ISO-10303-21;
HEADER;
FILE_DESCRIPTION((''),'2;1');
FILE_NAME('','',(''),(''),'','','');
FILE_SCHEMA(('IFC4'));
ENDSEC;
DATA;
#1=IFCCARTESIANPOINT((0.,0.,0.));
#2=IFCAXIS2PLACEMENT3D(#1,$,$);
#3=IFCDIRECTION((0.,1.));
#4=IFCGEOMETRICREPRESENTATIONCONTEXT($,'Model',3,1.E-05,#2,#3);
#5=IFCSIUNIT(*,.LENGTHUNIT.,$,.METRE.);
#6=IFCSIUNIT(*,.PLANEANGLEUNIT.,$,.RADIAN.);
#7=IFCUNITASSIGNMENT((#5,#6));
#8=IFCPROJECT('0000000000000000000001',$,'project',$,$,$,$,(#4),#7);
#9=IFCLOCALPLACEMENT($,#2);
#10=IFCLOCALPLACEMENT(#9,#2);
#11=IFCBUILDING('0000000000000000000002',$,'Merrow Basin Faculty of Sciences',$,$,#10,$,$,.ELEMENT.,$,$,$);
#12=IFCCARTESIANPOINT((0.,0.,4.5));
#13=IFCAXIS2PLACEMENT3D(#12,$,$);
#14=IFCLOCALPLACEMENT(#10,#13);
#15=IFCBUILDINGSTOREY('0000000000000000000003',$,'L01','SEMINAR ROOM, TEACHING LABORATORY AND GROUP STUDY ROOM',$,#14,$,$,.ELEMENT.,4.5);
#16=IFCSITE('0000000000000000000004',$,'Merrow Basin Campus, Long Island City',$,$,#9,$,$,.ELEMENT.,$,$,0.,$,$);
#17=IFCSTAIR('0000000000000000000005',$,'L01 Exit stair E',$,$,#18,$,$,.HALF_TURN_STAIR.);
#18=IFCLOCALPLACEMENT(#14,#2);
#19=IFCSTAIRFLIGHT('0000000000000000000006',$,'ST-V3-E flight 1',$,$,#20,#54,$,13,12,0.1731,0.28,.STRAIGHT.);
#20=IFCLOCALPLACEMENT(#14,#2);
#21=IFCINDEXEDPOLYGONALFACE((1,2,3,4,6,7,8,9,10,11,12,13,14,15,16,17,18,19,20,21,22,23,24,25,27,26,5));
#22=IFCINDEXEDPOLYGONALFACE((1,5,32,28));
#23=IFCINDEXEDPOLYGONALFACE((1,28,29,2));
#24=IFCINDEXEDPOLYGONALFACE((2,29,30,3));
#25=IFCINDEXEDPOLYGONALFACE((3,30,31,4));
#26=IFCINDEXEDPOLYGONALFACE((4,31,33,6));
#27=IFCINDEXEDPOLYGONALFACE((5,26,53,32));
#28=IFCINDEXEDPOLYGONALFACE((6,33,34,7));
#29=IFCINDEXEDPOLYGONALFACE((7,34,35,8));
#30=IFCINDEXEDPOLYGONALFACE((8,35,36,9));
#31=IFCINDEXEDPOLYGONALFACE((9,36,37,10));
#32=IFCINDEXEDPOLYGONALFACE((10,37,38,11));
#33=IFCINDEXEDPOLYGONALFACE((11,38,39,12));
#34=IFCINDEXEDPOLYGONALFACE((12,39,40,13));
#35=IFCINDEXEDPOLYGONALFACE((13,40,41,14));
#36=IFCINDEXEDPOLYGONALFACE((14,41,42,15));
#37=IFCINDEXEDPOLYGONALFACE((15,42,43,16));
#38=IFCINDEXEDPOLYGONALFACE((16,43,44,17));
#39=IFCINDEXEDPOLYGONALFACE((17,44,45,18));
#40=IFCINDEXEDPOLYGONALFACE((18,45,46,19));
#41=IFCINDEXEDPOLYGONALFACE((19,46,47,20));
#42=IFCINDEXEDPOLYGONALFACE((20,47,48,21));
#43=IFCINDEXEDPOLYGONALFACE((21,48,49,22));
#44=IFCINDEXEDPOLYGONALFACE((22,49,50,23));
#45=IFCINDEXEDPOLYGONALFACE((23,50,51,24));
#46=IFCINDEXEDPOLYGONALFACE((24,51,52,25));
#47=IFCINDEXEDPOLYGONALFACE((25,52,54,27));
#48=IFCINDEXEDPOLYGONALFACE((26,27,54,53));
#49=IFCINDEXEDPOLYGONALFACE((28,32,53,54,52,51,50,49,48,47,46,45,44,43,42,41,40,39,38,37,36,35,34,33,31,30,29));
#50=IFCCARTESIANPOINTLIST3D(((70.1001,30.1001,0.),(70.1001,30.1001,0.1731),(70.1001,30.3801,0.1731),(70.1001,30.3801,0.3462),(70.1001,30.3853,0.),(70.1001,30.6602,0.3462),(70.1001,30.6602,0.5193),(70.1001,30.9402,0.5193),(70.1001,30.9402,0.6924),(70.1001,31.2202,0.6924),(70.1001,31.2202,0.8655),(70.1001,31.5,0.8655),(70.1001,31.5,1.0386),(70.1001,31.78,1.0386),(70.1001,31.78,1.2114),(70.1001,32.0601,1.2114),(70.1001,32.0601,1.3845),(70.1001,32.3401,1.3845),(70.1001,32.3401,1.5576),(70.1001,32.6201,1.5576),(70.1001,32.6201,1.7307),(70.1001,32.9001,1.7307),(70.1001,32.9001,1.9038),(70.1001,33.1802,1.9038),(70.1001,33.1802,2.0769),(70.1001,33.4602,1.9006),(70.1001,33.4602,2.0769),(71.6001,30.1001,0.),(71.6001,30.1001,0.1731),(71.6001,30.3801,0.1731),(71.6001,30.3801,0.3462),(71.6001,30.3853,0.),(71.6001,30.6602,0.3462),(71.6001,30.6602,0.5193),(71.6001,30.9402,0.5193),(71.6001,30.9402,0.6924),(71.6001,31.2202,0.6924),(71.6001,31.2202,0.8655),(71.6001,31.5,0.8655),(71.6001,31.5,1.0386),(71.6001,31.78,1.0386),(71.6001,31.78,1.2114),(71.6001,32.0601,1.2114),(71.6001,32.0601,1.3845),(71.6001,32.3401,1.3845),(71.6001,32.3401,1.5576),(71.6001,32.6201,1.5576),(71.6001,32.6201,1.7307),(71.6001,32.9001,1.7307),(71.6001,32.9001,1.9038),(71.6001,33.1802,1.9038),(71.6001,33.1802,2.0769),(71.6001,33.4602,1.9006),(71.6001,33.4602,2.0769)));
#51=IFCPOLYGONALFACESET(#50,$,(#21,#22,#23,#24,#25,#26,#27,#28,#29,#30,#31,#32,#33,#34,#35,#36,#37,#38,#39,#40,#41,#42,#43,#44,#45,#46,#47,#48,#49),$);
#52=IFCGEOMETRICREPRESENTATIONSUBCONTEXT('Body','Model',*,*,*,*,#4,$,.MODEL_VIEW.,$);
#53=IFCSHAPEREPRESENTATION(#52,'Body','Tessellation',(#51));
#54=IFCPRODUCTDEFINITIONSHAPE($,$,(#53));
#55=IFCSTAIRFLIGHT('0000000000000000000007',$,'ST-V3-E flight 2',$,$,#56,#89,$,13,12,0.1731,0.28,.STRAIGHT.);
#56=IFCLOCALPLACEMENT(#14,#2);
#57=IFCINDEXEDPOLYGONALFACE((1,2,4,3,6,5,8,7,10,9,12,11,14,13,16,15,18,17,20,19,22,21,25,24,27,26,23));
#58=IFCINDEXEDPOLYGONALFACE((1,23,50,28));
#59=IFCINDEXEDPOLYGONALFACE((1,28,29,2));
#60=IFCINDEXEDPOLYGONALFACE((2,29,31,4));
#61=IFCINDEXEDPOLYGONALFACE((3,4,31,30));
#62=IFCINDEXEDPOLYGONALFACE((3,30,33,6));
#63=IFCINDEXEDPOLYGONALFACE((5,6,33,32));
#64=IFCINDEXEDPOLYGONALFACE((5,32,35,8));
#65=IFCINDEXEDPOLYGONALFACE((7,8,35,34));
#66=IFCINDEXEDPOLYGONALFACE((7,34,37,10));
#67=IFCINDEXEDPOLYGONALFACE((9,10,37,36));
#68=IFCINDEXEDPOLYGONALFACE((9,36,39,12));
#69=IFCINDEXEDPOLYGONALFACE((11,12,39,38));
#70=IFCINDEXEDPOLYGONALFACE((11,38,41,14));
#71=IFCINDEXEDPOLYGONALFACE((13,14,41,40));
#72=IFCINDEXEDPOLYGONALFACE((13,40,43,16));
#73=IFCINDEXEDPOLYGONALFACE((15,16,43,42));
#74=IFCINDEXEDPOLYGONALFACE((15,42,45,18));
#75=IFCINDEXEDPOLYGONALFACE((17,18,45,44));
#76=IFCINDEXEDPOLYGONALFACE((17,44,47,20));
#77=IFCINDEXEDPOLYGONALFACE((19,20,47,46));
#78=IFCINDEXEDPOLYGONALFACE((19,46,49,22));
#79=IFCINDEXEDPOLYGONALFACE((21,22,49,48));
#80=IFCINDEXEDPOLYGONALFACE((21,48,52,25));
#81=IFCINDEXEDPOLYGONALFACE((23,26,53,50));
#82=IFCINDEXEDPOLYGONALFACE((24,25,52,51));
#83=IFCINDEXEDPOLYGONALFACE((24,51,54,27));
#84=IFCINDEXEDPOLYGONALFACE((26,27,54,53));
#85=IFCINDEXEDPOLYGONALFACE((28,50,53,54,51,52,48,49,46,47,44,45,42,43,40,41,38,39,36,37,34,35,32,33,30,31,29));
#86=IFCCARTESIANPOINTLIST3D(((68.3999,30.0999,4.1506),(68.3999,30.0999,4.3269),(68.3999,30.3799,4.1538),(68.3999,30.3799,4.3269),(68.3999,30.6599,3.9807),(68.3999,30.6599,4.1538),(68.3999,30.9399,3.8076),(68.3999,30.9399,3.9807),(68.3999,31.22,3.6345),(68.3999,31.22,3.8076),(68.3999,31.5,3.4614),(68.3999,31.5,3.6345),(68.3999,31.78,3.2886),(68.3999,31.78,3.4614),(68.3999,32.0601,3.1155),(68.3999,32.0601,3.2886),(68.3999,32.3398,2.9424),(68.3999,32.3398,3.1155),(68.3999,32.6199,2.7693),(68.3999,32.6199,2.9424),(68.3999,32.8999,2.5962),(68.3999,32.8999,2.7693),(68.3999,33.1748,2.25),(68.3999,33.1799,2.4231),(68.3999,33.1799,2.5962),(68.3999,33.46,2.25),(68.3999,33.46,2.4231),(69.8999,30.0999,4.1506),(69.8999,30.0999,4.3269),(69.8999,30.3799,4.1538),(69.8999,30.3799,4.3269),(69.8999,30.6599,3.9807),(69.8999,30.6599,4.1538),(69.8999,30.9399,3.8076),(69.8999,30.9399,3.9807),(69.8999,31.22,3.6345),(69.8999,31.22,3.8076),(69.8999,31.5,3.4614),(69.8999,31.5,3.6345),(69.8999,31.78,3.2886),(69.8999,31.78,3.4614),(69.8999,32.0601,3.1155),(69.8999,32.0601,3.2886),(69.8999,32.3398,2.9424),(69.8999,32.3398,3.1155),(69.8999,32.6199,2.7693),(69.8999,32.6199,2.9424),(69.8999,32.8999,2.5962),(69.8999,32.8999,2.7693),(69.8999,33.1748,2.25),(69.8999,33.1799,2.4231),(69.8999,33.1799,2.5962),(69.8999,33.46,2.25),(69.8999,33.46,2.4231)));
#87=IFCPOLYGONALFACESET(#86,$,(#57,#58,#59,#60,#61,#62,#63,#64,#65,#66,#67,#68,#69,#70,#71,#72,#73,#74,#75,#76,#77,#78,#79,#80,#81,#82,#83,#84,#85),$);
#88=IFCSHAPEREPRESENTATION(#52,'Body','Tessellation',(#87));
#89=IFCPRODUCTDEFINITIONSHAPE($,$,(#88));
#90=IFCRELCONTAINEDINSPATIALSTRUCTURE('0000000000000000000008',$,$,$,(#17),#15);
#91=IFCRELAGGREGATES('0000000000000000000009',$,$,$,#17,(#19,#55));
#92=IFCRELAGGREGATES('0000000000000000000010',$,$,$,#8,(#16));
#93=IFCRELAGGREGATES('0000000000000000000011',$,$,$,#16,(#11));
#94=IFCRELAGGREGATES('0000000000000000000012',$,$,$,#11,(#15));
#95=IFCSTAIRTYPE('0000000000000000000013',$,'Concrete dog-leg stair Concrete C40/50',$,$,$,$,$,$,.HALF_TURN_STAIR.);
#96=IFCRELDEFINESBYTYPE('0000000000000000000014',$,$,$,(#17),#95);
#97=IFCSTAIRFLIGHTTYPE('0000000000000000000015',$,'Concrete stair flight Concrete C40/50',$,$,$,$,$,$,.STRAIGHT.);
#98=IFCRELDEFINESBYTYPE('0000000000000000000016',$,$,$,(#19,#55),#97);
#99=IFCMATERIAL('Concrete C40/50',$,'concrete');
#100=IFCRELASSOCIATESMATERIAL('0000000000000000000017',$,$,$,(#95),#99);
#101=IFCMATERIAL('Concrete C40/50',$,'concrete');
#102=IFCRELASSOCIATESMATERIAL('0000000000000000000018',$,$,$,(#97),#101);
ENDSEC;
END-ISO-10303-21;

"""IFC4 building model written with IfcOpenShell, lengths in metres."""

from ifc_helpers import new_model, si_unit, direction, frame, origin, place, context, subcontext, project, spatial, polyline, outline, extrude, material, type_object, element, aggregate, save


model = new_model("IFC4")

# Units and contexts
model_context = context("Model", 3, precision=1e-05, world=origin(), true_north=direction((0.0, 1.0)))
body_context = subcontext(model_context, "Body", "Model", "MODEL_VIEW")
ifc_project = project(units=[si_unit("LENGTHUNIT", "METRE"), si_unit("PLANEANGLEUNIT", "RADIAN")], contexts=[model_context])

# Site, building, storey
site_placement = place(None, origin())
site = spatial("IfcSite", under=ifc_project, at=site_placement, Name="Merrow Basin Campus, Long Island City", CompositionType="ELEMENT", RefElevation=0.0)
building_placement = place(site_placement, origin())
building = spatial("IfcBuilding", under=site, at=building_placement, Name="Merrow Basin Faculty of Sciences", CompositionType="ELEMENT")
storey_placement = place(building_placement, frame((0.0, 0.0, 4.5)))
storey = spatial("IfcBuildingStorey", under=building, at=storey_placement, Name="L01", Description="SEMINAR ROOM, TEACHING LABORATORY AND GROUP STUDY ROOM", CompositionType="ELEMENT", Elevation=4.5)

# Stair, stair flights
ifc_material_1 = material(Name="Concrete C40/50", Category="concrete")
stair_type = type_object("IfcStairType", Name="Concrete dog-leg stair Concrete C40/50", PredefinedType="HALF_TURN_STAIR", material=ifc_material_1)
stair_placement = place(storey_placement, origin())
stair = element("IfcStair", 1, at=stair_placement, inside=storey, type_object=stair_type, Name="L01 Exit stair E", PredefinedType="HALF_TURN_STAIR")
ifc_material_2 = material(Name="Concrete C40/50", Category="concrete")
stair_flight_type = type_object("IfcStairFlightType", Name="Concrete stair flight Concrete C40/50", PredefinedType="STRAIGHT", material=ifc_material_2)
stair_flight_1_placement = place(storey_placement, frame((70.8501, 30.1001, 0.0), z_axis=(0.0, 0.0, 1.0), x_axis=(0.0, 1.0, 0.0)))
stair_flight_1 = element("IfcStairFlight", 2, at=stair_flight_1_placement, type_object=stair_flight_type, Name="ST-V3-E flight 1", NumberOfRisers=13, NumberOfTreads=12, PredefinedType="STRAIGHT", RiserHeight=0.1731, TreadLength=0.28, context=body_context, shape_type="SweptSolid", body=[
    extrude(outline(polyline([(0.0, 0.0), (0.0, 0.1731), (0.28, 0.1731), (0.28, 0.3462), (0.5601, 0.3462), (0.5601, 0.5193), (0.8401, 0.5193), (0.8401, 0.6924), (1.1201, 0.6924), (1.1201, 0.8655), (1.3999, 0.8655), (1.3999, 1.0386), (1.6799, 1.0386), (1.6799, 1.2114), (1.96, 1.2114), (1.96, 1.3845), (2.24, 1.3845), (2.24, 1.5576), (2.52, 1.5576), (2.52, 1.7307), (2.8, 1.7307), (2.8, 1.9038), (3.0801, 1.9038), (3.0801, 2.0769), (3.3601, 2.0769), (3.3601, 2.25), (3.3601, 1.9006), (0.2852, 0.0), (0.0, 0.0)])), frame((0.0, 0.75, 0.0), z_axis=(0.0, -1.0, 0.0), x_axis=(1.0, 0.0, 0.0)), (0.0, 0.0, 1.0), 1.5),
])
stair_flight_2_placement = place(storey_placement, frame((69.1499, 33.46, 2.25), z_axis=(0.0, 0.0, 1.0), x_axis=(0.0, -1.0, 0.0)))
stair_flight_2 = element("IfcStairFlight", 3, at=stair_flight_2_placement, type_object=stair_flight_type, Name="ST-V3-E flight 2", NumberOfRisers=13, NumberOfTreads=12, PredefinedType="STRAIGHT", RiserHeight=0.1731, TreadLength=0.28, context=body_context, shape_type="SweptSolid", body=[
    extrude(outline(polyline([(0.0, 0.0), (0.0, 0.1731), (0.28, 0.1731), (0.28, 0.3462), (0.5601, 0.3462), (0.5601, 0.5193), (0.8401, 0.5193), (0.8401, 0.6924), (1.1201, 0.6924), (1.1201, 0.8655), (1.3999, 0.8655), (1.3999, 1.0386), (1.6799, 1.0386), (1.6799, 1.2114), (1.96, 1.2114), (1.96, 1.3845), (2.24, 1.3845), (2.24, 1.5576), (2.52, 1.5576), (2.52, 1.7307), (2.8, 1.7307), (2.8, 1.9038), (3.0801, 1.9038), (3.0801, 2.0769), (3.3601, 2.0769), (3.3601, 2.25), (3.3601, 1.9006), (0.2852, 0.0), (0.0, 0.0)])), frame((0.0, 0.75, 0.0), z_axis=(0.0, -1.0, 0.0), x_axis=(1.0, 0.0, 0.0)), (0.0, 0.0, 1.0), 1.5),
])
aggregate(stair, [stair_flight_1, stair_flight_2])

save(model, "model.ifc")
